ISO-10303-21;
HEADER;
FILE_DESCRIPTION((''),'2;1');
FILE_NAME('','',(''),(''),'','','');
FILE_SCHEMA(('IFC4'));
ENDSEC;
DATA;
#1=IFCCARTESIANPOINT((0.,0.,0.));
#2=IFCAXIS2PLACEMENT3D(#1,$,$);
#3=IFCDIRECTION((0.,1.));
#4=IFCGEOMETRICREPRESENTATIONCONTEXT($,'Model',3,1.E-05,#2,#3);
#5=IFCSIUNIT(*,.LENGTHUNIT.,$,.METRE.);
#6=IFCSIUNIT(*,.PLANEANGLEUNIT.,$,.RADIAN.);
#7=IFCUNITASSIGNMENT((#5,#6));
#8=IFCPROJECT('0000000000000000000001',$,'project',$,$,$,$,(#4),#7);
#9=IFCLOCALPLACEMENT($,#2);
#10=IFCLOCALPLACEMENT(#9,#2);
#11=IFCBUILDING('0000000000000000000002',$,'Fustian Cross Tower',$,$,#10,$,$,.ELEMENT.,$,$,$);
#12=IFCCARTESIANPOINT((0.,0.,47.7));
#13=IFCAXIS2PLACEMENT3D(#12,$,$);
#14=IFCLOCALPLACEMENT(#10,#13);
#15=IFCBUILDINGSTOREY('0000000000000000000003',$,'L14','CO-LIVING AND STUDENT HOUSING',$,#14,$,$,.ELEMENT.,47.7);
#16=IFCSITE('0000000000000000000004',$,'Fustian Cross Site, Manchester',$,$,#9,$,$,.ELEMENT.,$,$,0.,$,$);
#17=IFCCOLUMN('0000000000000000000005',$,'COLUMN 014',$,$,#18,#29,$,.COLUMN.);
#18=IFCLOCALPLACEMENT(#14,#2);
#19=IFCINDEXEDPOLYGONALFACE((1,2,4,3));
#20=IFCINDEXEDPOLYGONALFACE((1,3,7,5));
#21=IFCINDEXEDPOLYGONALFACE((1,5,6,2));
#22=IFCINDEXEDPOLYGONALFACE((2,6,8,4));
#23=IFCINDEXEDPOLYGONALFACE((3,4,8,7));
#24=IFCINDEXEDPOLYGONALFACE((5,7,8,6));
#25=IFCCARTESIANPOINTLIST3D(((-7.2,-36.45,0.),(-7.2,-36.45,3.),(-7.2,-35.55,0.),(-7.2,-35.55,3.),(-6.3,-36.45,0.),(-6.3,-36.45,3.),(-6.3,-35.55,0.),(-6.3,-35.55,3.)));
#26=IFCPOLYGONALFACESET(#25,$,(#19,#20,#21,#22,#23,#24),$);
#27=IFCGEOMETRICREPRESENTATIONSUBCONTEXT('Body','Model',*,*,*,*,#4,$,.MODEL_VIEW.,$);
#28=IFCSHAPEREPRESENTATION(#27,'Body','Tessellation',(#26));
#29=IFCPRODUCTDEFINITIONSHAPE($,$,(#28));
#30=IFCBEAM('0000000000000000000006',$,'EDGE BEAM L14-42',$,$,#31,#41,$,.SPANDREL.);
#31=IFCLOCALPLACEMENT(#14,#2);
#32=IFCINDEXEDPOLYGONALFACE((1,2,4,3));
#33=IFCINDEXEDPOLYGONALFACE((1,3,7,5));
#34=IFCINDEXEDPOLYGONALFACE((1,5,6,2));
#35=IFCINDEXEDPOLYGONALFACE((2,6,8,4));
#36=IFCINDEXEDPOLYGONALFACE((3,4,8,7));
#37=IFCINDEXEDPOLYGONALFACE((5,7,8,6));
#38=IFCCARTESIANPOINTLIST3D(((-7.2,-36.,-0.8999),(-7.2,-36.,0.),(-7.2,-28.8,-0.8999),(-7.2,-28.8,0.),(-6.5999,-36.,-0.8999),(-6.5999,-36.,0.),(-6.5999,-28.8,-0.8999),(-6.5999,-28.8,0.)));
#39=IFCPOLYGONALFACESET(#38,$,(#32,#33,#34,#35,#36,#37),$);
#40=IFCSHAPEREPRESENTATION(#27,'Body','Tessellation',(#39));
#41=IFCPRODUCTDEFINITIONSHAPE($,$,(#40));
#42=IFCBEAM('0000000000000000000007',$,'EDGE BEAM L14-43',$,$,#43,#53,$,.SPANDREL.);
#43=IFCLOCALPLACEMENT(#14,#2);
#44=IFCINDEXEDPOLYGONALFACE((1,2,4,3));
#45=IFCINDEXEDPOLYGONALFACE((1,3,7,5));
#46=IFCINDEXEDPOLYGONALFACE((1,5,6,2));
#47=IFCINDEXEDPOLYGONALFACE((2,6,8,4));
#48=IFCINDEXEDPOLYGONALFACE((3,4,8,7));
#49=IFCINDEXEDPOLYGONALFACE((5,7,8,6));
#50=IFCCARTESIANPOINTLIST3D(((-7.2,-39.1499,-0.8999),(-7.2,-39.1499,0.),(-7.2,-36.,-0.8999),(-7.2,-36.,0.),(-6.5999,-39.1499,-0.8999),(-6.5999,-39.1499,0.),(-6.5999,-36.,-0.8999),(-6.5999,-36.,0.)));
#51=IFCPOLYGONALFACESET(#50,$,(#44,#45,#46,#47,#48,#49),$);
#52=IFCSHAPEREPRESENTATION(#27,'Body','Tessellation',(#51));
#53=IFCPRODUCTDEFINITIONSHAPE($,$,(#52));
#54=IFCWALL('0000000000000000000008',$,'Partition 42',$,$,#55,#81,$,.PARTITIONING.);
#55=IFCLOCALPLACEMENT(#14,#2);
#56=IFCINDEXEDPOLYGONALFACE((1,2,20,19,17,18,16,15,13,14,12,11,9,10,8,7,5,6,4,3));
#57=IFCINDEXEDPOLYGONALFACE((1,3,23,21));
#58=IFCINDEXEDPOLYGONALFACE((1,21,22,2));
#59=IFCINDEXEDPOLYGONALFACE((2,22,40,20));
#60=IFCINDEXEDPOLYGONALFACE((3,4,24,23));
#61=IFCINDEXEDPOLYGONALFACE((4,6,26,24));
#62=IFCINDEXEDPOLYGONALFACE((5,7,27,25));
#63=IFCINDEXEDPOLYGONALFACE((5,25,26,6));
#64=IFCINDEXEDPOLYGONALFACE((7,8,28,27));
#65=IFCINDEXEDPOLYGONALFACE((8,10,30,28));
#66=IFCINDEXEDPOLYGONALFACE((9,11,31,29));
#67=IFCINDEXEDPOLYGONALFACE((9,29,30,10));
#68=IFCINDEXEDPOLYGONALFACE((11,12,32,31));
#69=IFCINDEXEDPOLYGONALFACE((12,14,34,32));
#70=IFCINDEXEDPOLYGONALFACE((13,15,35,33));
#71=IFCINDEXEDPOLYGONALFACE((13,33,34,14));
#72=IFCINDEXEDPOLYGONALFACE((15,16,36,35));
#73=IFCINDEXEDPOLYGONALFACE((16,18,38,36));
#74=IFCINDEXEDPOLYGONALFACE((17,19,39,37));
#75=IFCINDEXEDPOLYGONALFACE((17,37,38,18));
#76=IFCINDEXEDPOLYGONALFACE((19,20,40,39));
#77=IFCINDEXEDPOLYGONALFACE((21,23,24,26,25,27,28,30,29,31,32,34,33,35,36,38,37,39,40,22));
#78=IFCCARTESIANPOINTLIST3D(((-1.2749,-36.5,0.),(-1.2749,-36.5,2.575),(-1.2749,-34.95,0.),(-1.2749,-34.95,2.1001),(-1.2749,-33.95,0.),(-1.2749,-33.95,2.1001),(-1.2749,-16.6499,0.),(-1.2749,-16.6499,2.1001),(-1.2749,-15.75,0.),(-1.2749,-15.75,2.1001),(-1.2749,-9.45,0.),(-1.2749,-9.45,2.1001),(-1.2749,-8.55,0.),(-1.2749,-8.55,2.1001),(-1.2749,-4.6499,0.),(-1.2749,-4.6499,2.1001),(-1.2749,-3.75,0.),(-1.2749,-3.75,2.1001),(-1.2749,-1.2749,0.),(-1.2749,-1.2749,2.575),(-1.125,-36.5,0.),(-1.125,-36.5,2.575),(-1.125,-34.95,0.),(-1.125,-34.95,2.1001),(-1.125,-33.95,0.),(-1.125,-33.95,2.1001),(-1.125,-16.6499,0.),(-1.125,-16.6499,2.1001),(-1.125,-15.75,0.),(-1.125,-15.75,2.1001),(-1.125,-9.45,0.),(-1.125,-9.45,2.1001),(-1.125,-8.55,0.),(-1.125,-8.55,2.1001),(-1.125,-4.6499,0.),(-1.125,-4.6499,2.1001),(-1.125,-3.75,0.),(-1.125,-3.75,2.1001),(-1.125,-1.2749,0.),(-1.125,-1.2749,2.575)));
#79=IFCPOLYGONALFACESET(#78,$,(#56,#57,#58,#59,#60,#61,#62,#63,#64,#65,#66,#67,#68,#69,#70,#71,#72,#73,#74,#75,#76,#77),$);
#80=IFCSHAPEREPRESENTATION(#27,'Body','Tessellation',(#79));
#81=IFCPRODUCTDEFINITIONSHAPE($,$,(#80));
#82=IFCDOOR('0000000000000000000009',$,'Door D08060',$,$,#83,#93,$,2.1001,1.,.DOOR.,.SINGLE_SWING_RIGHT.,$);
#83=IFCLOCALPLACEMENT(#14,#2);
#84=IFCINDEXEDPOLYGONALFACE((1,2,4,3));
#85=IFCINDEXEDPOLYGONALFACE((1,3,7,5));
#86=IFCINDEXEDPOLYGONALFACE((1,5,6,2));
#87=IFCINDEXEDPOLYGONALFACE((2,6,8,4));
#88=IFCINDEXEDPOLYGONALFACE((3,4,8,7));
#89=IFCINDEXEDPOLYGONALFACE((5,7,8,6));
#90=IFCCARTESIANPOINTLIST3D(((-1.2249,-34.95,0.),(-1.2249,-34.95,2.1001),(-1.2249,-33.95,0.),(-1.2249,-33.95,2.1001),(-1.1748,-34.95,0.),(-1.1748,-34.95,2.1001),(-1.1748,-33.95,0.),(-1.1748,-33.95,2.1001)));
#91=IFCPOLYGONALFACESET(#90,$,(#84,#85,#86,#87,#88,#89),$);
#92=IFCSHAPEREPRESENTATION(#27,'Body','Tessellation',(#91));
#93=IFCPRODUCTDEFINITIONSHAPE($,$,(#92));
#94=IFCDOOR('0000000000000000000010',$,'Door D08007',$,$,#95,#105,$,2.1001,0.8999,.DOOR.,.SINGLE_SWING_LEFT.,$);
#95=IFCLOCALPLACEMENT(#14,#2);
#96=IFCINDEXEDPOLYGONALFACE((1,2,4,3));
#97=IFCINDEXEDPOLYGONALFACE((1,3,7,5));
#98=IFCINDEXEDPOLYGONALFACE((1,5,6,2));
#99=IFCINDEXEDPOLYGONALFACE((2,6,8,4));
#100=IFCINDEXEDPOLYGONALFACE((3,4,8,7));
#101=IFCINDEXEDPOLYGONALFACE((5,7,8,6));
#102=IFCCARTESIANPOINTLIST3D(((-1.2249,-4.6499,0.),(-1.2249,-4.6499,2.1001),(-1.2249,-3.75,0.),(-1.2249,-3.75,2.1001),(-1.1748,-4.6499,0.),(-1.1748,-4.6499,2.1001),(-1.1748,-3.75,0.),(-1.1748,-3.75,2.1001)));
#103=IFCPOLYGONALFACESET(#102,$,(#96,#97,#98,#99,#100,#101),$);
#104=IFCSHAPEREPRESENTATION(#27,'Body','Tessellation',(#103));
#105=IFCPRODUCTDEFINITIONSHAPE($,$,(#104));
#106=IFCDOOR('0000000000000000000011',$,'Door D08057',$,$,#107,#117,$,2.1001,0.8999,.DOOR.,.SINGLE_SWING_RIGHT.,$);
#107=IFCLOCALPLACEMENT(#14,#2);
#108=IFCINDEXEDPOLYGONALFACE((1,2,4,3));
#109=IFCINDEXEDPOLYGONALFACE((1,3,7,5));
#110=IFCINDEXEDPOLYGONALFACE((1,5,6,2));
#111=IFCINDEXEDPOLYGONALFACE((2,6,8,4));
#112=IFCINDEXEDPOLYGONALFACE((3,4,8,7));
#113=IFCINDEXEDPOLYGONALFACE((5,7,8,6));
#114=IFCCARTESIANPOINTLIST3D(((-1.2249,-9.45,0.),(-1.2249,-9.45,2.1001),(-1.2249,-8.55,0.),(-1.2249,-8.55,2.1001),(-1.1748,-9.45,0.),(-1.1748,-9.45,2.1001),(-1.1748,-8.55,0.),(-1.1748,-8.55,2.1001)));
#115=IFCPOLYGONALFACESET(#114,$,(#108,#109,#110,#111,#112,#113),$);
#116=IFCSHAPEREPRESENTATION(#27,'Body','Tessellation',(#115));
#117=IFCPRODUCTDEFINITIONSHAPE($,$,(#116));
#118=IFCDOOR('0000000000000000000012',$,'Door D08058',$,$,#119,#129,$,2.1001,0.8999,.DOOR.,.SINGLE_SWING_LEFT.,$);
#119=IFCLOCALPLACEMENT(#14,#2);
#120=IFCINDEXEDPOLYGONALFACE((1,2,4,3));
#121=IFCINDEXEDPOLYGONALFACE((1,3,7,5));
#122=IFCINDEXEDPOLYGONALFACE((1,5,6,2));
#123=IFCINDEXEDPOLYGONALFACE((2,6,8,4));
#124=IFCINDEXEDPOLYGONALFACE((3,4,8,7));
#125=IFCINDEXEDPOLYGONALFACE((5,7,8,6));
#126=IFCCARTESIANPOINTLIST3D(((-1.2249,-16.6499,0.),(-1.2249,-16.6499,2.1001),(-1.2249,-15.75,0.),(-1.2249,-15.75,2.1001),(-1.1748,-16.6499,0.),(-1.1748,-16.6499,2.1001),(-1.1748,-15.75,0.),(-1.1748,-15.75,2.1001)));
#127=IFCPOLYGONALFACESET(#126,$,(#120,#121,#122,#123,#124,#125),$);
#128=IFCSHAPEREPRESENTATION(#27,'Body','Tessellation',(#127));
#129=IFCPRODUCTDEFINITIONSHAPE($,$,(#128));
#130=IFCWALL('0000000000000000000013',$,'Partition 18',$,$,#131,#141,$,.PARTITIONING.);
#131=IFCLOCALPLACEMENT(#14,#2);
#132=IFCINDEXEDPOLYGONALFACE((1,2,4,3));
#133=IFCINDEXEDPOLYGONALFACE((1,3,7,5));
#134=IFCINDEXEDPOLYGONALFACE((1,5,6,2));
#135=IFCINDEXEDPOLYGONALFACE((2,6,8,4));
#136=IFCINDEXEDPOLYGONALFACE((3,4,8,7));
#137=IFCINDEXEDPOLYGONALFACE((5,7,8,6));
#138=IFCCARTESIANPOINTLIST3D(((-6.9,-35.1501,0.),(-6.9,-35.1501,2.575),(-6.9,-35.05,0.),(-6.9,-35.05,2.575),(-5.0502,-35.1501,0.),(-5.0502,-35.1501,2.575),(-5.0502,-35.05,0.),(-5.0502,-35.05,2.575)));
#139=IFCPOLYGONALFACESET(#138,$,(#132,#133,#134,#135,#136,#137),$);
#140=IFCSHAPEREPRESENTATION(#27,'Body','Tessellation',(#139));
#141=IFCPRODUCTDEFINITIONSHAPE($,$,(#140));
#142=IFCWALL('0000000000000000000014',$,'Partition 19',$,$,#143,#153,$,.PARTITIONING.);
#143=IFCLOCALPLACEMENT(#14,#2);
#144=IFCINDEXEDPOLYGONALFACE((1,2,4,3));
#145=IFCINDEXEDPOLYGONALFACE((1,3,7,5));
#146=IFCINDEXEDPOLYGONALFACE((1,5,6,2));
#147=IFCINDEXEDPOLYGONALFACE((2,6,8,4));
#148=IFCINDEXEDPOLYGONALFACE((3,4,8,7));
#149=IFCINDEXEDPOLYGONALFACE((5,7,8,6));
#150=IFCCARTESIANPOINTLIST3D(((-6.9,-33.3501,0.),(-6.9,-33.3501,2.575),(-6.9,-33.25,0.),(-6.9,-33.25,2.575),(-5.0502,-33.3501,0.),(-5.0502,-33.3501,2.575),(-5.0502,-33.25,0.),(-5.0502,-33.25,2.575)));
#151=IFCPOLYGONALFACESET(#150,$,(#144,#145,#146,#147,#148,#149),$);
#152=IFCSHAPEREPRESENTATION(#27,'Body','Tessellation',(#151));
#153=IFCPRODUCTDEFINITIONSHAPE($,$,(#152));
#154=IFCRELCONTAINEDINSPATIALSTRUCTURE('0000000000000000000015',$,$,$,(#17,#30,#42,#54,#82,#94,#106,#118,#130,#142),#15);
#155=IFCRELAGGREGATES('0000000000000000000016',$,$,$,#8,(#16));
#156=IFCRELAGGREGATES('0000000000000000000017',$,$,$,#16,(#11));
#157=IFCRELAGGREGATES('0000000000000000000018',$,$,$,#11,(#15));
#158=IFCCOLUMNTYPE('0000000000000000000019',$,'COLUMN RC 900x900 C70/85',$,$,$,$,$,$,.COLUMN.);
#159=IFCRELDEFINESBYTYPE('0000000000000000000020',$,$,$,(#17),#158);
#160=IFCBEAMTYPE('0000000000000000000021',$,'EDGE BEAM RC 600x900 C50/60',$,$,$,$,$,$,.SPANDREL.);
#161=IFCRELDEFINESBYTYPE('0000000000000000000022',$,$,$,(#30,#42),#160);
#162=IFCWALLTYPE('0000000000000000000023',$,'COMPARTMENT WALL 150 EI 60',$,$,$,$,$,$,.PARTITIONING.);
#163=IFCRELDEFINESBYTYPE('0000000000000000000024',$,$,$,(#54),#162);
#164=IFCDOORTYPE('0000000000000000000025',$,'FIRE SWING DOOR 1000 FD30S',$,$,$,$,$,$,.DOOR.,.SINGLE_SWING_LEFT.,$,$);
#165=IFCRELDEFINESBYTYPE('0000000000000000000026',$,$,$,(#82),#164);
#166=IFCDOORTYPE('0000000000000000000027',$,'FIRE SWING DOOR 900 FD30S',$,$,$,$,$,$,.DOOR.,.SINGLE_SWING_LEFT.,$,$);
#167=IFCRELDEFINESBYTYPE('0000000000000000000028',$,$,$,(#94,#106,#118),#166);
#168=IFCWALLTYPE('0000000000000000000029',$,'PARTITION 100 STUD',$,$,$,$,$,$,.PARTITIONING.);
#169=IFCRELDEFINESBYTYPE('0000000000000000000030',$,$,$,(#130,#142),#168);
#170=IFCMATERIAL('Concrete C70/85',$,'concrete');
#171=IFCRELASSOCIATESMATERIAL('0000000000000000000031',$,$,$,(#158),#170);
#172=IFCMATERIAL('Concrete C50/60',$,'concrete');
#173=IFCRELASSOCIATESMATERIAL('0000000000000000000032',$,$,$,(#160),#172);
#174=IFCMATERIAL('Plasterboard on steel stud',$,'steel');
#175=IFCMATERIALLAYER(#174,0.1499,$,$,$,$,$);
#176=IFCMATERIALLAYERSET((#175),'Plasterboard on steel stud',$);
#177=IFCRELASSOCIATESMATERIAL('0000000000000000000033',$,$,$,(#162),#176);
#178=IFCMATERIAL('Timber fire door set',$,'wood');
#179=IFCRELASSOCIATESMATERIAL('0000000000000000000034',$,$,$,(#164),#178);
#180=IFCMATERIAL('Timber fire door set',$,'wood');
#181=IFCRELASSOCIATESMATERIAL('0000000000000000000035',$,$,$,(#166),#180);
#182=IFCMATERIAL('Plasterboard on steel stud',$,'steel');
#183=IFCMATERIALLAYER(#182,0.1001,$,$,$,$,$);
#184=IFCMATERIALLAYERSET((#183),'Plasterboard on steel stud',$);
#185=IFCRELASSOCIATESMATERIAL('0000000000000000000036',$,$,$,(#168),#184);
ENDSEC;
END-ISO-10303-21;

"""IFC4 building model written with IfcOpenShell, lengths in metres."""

from ifc_helpers import new_model, si_unit, direction, frame, frame_2d, origin, origin_2d, place, context, subcontext, project, spatial, rectangle, extrude, material, layer, layer_set, material_profile, profile_set, type_object, element, fill, save


model = new_model("IFC4")

# Units and contexts
model_context = context("Model", 3, precision=1e-05, world=origin(), true_north=direction((0.0, 1.0)))
body_context = subcontext(model_context, "Body", "Model", "MODEL_VIEW")
ifc_project = project(units=[si_unit("LENGTHUNIT", "METRE"), si_unit("PLANEANGLEUNIT", "RADIAN")], contexts=[model_context])

# Site, building, storey
site_placement = place(None, origin())
site = spatial("IfcSite", under=ifc_project, at=site_placement, Name="Fustian Cross Site, Manchester", CompositionType="ELEMENT", RefElevation=0.0)
building_placement = place(site_placement, origin())
building = spatial("IfcBuilding", under=site, at=building_placement, Name="Fustian Cross Tower", CompositionType="ELEMENT")
storey_placement = place(building_placement, frame((0.0, 0.0, 47.7)))
storey = spatial("IfcBuildingStorey", under=building, at=storey_placement, Name="L14", Description="CO-LIVING AND STUDENT HOUSING", CompositionType="ELEMENT", Elevation=47.7)

# Column
ifc_material_1 = material(Name="Concrete C70/85", Category="concrete")
ifc_material_profile_1 = material_profile(ifc_material_1, rectangle(XDim=0.8999, YDim=0.8999, at=origin_2d()), Name="RC 900x900")
ifc_profile_set_1 = profile_set([ifc_material_profile_1], Name="Concrete C70/85")
column_type = type_object("IfcColumnType", Name="COLUMN RC 900x900 C70/85", PredefinedType="COLUMN", material=ifc_profile_set_1)
column_placement = place(storey_placement, frame((-6.75, -36.0, 0.0), z_axis=(0.0, 0.0, 1.0), x_axis=(1.0, 0.0, 0.0)))
element("IfcColumn", 1, at=column_placement, inside=storey, type_object=column_type, Name="COLUMN 014", PredefinedType="COLUMN", context=body_context, shape_type="SweptSolid", body=[
    extrude(rectangle(XDim=0.8999, YDim=0.8999, at=origin_2d()), origin(), (0.0, 0.0, 1.0), 3.0),
])

# Beams
ifc_material_2 = material(Name="Concrete C50/60", Category="concrete")
ifc_material_profile_2 = material_profile(ifc_material_2, rectangle(XDim=0.6001, YDim=0.8999, at=origin_2d()), Name="RC 600x900")
ifc_profile_set_2 = profile_set([ifc_material_profile_2], Name="Concrete C50/60")
beam_type = type_object("IfcBeamType", Name="EDGE BEAM RC 600x900 C50/60", PredefinedType="SPANDREL", material=ifc_profile_set_2)
beam_1_placement = place(storey_placement, frame((-6.8999, -28.8, -0.45), z_axis=(0.0, -1.0, 0.0), x_axis=(1.0, 0.0, 0.0)))
element("IfcBeam", 2, at=beam_1_placement, inside=storey, type_object=beam_type, Name="EDGE BEAM L14-42", PredefinedType="SPANDREL", context=body_context, shape_type="SweptSolid", body=[
    extrude(rectangle(XDim=0.6001, YDim=0.8999, at=origin_2d()), origin(), (0.0, 0.0, 1.0), 7.2),
])
beam_2_placement = place(storey_placement, frame((-6.8999, -36.0, -0.45), z_axis=(0.0, -1.0, 0.0), x_axis=(1.0, 0.0, 0.0)))
element("IfcBeam", 3, at=beam_2_placement, inside=storey, type_object=beam_type, Name="EDGE BEAM L14-43", PredefinedType="SPANDREL", context=body_context, shape_type="SweptSolid", body=[
    extrude(rectangle(XDim=0.6001, YDim=0.8999, at=origin_2d()), origin(), (0.0, 0.0, 1.0), 3.1499),
])

# Wall, openings, doors
ifc_material_3 = material(Name="Plasterboard on steel stud", Category="steel")
ifc_layer_1 = layer(ifc_material_3, 0.1499)
ifc_layer_set_1 = layer_set([ifc_layer_1], Name="Plasterboard on steel stud")
wall_type_1 = type_object("IfcWallType", Name="COMPARTMENT WALL 150 EI 60", PredefinedType="PARTITIONING", material=ifc_layer_set_1)
wall_1_placement = place(storey_placement, frame((-1.2, -36.5, 0.0), z_axis=(0.0, 0.0, 1.0), x_axis=(0.0, 1.0, 0.0)))
wall_1 = element("IfcWall", 4, at=wall_1_placement, inside=storey, type_object=wall_type_1, Name="Partition 42", PredefinedType="PARTITIONING", context=body_context, shape_type="SweptSolid", body=[
    extrude(rectangle(XDim=35.2251, YDim=0.1499, at=frame_2d((17.6125, 0.0))), origin(), (0.0, 0.0, 1.0), 2.575),
])
opening_1_placement = place(wall_1_placement, frame((31.8501, 0.0, 0.0)))
opening_1 = element("IfcOpeningElement", 5, at=opening_1_placement, cuts=wall_1, PredefinedType="OPENING", context=body_context, shape_type="SweptSolid", body=[
    extrude(rectangle(XDim=0.8999, YDim=2.1001, at=frame_2d((0.45, 1.05))), frame((0.0, 0.085, 0.0), z_axis=(0.0, -1.0, 0.0), x_axis=(1.0, 0.0, 0.0)), (0.0, 0.0, 1.0), 0.1699),
])
opening_2_placement = place(wall_1_placement, frame((27.05, 0.0, 0.0)))
opening_2 = element("IfcOpeningElement", 6, at=opening_2_placement, cuts=wall_1, PredefinedType="OPENING", context=body_context, shape_type="SweptSolid", body=[
    extrude(rectangle(XDim=0.8999, YDim=2.1001, at=frame_2d((0.45, 1.05))), frame((0.0, 0.085, 0.0), z_axis=(0.0, -1.0, 0.0), x_axis=(1.0, 0.0, 0.0)), (0.0, 0.0, 1.0), 0.1699),
])
opening_3_placement = place(wall_1_placement, frame((19.8501, 0.0, 0.0)))
opening_3 = element("IfcOpeningElement", 7, at=opening_3_placement, cuts=wall_1, PredefinedType="OPENING", context=body_context, shape_type="SweptSolid", body=[
    extrude(rectangle(XDim=0.8999, YDim=2.1001, at=frame_2d((0.45, 1.05))), frame((0.0, 0.085, 0.0), z_axis=(0.0, -1.0, 0.0), x_axis=(1.0, 0.0, 0.0)), (0.0, 0.0, 1.0), 0.1699),
])
opening_4_placement = place(wall_1_placement, frame((1.55, 0.0, 0.0)))
opening_4 = element("IfcOpeningElement", 8, at=opening_4_placement, cuts=wall_1, PredefinedType="OPENING", context=body_context, shape_type="SweptSolid", body=[
    extrude(rectangle(XDim=1.0, YDim=2.1001, at=frame_2d((0.5, 1.05))), frame((0.0, 0.085, 0.0), z_axis=(0.0, -1.0, 0.0), x_axis=(1.0, 0.0, 0.0)), (0.0, 0.0, 1.0), 0.1699),
])
ifc_material_4 = material(Name="Timber fire door set", Category="wood")
door_type_1 = type_object("IfcDoorType", Name="FIRE SWING DOOR 1000 FD30S", OperationType="SINGLE_SWING_LEFT", PredefinedType="DOOR", material=ifc_material_4)
door_1_placement = place(opening_4_placement, origin())
door_1 = element("IfcDoor", 9, at=door_1_placement, inside=storey, type_object=door_type_1, Name="Door D08060", OperationType="SINGLE_SWING_RIGHT", OverallHeight=2.1001, OverallWidth=1.0, PredefinedType="DOOR", context=body_context, shape_type="SweptSolid", body=[
    extrude(rectangle(XDim=1.0, YDim=2.1001, at=frame_2d((0.5, 1.05))), frame((0.0, 0.0249, 0.0), z_axis=(0.0, -1.0, 0.0), x_axis=(1.0, 0.0, 0.0)), (0.0, 0.0, 1.0), 0.05),
])
fill(opening_4, door_1)
ifc_material_5 = material(Name="Timber fire door set", Category="wood")
door_type_2 = type_object("IfcDoorType", Name="FIRE SWING DOOR 900 FD30S", OperationType="SINGLE_SWING_LEFT", PredefinedType="DOOR", material=ifc_material_5)
door_2_placement = place(opening_1_placement, origin())
door_2 = element("IfcDoor", 10, at=door_2_placement, inside=storey, type_object=door_type_2, Name="Door D08007", OperationType="SINGLE_SWING_LEFT", OverallHeight=2.1001, OverallWidth=0.8999, PredefinedType="DOOR", context=body_context, shape_type="SweptSolid", body=[
    extrude(rectangle(XDim=0.8999, YDim=2.1001, at=frame_2d((0.45, 1.05))), frame((0.0, 0.0249, 0.0), z_axis=(0.0, -1.0, 0.0), x_axis=(1.0, 0.0, 0.0)), (0.0, 0.0, 1.0), 0.05),
])
fill(opening_1, door_2)
door_3_placement = place(opening_2_placement, origin())
door_3 = element("IfcDoor", 11, at=door_3_placement, inside=storey, type_object=door_type_2, Name="Door D08057", OperationType="SINGLE_SWING_RIGHT", OverallHeight=2.1001, OverallWidth=0.8999, PredefinedType="DOOR", context=body_context, shape_type="SweptSolid", body=[
    extrude(rectangle(XDim=0.8999, YDim=2.1001, at=frame_2d((0.45, 1.05))), frame((0.0, 0.0249, 0.0), z_axis=(0.0, -1.0, 0.0), x_axis=(1.0, 0.0, 0.0)), (0.0, 0.0, 1.0), 0.05),
])
fill(opening_2, door_3)
door_4_placement = place(opening_3_placement, origin())
door_4 = element("IfcDoor", 12, at=door_4_placement, inside=storey, type_object=door_type_2, Name="Door D08058", OperationType="SINGLE_SWING_LEFT", OverallHeight=2.1001, OverallWidth=0.8999, PredefinedType="DOOR", context=body_context, shape_type="SweptSolid", body=[
    extrude(rectangle(XDim=0.8999, YDim=2.1001, at=frame_2d((0.45, 1.05))), frame((0.0, 0.0249, 0.0), z_axis=(0.0, -1.0, 0.0), x_axis=(1.0, 0.0, 0.0)), (0.0, 0.0, 1.0), 0.05),
])
fill(opening_3, door_4)

# Walls
ifc_material_6 = material(Name="Plasterboard on steel stud", Category="steel")
ifc_layer_2 = layer(ifc_material_6, 0.1001)
ifc_layer_set_2 = layer_set([ifc_layer_2], Name="Plasterboard on steel stud")
wall_type_2 = type_object("IfcWallType", Name="PARTITION 100 STUD", PredefinedType="PARTITIONING", material=ifc_layer_set_2)
for number, where, z_axis, x_axis, name in (
    (13, (-6.8999, -35.1001, 0.0), (0.0, 0.0, 1.0), (1.0, 0.0, 0.0), "Partition 18"),
    (14, (-6.8999, -33.3, 0.0), (0.0, 0.0, 1.0), (1.0, 0.0, 0.0), "Partition 19"),
):
    element("IfcWall", number, at=place(storey_placement, frame(where, z_axis=z_axis, x_axis=x_axis)), inside=storey, type_object=wall_type_2, Name=name, PredefinedType="PARTITIONING", context=body_context, shape_type="SweptSolid", body=[
        extrude(rectangle(XDim=1.8499, YDim=0.1001, at=frame_2d((0.9248, 0.0))), origin(), (0.0, 0.0, 1.0), 2.575),
    ])

save(model, "model.ifc")
